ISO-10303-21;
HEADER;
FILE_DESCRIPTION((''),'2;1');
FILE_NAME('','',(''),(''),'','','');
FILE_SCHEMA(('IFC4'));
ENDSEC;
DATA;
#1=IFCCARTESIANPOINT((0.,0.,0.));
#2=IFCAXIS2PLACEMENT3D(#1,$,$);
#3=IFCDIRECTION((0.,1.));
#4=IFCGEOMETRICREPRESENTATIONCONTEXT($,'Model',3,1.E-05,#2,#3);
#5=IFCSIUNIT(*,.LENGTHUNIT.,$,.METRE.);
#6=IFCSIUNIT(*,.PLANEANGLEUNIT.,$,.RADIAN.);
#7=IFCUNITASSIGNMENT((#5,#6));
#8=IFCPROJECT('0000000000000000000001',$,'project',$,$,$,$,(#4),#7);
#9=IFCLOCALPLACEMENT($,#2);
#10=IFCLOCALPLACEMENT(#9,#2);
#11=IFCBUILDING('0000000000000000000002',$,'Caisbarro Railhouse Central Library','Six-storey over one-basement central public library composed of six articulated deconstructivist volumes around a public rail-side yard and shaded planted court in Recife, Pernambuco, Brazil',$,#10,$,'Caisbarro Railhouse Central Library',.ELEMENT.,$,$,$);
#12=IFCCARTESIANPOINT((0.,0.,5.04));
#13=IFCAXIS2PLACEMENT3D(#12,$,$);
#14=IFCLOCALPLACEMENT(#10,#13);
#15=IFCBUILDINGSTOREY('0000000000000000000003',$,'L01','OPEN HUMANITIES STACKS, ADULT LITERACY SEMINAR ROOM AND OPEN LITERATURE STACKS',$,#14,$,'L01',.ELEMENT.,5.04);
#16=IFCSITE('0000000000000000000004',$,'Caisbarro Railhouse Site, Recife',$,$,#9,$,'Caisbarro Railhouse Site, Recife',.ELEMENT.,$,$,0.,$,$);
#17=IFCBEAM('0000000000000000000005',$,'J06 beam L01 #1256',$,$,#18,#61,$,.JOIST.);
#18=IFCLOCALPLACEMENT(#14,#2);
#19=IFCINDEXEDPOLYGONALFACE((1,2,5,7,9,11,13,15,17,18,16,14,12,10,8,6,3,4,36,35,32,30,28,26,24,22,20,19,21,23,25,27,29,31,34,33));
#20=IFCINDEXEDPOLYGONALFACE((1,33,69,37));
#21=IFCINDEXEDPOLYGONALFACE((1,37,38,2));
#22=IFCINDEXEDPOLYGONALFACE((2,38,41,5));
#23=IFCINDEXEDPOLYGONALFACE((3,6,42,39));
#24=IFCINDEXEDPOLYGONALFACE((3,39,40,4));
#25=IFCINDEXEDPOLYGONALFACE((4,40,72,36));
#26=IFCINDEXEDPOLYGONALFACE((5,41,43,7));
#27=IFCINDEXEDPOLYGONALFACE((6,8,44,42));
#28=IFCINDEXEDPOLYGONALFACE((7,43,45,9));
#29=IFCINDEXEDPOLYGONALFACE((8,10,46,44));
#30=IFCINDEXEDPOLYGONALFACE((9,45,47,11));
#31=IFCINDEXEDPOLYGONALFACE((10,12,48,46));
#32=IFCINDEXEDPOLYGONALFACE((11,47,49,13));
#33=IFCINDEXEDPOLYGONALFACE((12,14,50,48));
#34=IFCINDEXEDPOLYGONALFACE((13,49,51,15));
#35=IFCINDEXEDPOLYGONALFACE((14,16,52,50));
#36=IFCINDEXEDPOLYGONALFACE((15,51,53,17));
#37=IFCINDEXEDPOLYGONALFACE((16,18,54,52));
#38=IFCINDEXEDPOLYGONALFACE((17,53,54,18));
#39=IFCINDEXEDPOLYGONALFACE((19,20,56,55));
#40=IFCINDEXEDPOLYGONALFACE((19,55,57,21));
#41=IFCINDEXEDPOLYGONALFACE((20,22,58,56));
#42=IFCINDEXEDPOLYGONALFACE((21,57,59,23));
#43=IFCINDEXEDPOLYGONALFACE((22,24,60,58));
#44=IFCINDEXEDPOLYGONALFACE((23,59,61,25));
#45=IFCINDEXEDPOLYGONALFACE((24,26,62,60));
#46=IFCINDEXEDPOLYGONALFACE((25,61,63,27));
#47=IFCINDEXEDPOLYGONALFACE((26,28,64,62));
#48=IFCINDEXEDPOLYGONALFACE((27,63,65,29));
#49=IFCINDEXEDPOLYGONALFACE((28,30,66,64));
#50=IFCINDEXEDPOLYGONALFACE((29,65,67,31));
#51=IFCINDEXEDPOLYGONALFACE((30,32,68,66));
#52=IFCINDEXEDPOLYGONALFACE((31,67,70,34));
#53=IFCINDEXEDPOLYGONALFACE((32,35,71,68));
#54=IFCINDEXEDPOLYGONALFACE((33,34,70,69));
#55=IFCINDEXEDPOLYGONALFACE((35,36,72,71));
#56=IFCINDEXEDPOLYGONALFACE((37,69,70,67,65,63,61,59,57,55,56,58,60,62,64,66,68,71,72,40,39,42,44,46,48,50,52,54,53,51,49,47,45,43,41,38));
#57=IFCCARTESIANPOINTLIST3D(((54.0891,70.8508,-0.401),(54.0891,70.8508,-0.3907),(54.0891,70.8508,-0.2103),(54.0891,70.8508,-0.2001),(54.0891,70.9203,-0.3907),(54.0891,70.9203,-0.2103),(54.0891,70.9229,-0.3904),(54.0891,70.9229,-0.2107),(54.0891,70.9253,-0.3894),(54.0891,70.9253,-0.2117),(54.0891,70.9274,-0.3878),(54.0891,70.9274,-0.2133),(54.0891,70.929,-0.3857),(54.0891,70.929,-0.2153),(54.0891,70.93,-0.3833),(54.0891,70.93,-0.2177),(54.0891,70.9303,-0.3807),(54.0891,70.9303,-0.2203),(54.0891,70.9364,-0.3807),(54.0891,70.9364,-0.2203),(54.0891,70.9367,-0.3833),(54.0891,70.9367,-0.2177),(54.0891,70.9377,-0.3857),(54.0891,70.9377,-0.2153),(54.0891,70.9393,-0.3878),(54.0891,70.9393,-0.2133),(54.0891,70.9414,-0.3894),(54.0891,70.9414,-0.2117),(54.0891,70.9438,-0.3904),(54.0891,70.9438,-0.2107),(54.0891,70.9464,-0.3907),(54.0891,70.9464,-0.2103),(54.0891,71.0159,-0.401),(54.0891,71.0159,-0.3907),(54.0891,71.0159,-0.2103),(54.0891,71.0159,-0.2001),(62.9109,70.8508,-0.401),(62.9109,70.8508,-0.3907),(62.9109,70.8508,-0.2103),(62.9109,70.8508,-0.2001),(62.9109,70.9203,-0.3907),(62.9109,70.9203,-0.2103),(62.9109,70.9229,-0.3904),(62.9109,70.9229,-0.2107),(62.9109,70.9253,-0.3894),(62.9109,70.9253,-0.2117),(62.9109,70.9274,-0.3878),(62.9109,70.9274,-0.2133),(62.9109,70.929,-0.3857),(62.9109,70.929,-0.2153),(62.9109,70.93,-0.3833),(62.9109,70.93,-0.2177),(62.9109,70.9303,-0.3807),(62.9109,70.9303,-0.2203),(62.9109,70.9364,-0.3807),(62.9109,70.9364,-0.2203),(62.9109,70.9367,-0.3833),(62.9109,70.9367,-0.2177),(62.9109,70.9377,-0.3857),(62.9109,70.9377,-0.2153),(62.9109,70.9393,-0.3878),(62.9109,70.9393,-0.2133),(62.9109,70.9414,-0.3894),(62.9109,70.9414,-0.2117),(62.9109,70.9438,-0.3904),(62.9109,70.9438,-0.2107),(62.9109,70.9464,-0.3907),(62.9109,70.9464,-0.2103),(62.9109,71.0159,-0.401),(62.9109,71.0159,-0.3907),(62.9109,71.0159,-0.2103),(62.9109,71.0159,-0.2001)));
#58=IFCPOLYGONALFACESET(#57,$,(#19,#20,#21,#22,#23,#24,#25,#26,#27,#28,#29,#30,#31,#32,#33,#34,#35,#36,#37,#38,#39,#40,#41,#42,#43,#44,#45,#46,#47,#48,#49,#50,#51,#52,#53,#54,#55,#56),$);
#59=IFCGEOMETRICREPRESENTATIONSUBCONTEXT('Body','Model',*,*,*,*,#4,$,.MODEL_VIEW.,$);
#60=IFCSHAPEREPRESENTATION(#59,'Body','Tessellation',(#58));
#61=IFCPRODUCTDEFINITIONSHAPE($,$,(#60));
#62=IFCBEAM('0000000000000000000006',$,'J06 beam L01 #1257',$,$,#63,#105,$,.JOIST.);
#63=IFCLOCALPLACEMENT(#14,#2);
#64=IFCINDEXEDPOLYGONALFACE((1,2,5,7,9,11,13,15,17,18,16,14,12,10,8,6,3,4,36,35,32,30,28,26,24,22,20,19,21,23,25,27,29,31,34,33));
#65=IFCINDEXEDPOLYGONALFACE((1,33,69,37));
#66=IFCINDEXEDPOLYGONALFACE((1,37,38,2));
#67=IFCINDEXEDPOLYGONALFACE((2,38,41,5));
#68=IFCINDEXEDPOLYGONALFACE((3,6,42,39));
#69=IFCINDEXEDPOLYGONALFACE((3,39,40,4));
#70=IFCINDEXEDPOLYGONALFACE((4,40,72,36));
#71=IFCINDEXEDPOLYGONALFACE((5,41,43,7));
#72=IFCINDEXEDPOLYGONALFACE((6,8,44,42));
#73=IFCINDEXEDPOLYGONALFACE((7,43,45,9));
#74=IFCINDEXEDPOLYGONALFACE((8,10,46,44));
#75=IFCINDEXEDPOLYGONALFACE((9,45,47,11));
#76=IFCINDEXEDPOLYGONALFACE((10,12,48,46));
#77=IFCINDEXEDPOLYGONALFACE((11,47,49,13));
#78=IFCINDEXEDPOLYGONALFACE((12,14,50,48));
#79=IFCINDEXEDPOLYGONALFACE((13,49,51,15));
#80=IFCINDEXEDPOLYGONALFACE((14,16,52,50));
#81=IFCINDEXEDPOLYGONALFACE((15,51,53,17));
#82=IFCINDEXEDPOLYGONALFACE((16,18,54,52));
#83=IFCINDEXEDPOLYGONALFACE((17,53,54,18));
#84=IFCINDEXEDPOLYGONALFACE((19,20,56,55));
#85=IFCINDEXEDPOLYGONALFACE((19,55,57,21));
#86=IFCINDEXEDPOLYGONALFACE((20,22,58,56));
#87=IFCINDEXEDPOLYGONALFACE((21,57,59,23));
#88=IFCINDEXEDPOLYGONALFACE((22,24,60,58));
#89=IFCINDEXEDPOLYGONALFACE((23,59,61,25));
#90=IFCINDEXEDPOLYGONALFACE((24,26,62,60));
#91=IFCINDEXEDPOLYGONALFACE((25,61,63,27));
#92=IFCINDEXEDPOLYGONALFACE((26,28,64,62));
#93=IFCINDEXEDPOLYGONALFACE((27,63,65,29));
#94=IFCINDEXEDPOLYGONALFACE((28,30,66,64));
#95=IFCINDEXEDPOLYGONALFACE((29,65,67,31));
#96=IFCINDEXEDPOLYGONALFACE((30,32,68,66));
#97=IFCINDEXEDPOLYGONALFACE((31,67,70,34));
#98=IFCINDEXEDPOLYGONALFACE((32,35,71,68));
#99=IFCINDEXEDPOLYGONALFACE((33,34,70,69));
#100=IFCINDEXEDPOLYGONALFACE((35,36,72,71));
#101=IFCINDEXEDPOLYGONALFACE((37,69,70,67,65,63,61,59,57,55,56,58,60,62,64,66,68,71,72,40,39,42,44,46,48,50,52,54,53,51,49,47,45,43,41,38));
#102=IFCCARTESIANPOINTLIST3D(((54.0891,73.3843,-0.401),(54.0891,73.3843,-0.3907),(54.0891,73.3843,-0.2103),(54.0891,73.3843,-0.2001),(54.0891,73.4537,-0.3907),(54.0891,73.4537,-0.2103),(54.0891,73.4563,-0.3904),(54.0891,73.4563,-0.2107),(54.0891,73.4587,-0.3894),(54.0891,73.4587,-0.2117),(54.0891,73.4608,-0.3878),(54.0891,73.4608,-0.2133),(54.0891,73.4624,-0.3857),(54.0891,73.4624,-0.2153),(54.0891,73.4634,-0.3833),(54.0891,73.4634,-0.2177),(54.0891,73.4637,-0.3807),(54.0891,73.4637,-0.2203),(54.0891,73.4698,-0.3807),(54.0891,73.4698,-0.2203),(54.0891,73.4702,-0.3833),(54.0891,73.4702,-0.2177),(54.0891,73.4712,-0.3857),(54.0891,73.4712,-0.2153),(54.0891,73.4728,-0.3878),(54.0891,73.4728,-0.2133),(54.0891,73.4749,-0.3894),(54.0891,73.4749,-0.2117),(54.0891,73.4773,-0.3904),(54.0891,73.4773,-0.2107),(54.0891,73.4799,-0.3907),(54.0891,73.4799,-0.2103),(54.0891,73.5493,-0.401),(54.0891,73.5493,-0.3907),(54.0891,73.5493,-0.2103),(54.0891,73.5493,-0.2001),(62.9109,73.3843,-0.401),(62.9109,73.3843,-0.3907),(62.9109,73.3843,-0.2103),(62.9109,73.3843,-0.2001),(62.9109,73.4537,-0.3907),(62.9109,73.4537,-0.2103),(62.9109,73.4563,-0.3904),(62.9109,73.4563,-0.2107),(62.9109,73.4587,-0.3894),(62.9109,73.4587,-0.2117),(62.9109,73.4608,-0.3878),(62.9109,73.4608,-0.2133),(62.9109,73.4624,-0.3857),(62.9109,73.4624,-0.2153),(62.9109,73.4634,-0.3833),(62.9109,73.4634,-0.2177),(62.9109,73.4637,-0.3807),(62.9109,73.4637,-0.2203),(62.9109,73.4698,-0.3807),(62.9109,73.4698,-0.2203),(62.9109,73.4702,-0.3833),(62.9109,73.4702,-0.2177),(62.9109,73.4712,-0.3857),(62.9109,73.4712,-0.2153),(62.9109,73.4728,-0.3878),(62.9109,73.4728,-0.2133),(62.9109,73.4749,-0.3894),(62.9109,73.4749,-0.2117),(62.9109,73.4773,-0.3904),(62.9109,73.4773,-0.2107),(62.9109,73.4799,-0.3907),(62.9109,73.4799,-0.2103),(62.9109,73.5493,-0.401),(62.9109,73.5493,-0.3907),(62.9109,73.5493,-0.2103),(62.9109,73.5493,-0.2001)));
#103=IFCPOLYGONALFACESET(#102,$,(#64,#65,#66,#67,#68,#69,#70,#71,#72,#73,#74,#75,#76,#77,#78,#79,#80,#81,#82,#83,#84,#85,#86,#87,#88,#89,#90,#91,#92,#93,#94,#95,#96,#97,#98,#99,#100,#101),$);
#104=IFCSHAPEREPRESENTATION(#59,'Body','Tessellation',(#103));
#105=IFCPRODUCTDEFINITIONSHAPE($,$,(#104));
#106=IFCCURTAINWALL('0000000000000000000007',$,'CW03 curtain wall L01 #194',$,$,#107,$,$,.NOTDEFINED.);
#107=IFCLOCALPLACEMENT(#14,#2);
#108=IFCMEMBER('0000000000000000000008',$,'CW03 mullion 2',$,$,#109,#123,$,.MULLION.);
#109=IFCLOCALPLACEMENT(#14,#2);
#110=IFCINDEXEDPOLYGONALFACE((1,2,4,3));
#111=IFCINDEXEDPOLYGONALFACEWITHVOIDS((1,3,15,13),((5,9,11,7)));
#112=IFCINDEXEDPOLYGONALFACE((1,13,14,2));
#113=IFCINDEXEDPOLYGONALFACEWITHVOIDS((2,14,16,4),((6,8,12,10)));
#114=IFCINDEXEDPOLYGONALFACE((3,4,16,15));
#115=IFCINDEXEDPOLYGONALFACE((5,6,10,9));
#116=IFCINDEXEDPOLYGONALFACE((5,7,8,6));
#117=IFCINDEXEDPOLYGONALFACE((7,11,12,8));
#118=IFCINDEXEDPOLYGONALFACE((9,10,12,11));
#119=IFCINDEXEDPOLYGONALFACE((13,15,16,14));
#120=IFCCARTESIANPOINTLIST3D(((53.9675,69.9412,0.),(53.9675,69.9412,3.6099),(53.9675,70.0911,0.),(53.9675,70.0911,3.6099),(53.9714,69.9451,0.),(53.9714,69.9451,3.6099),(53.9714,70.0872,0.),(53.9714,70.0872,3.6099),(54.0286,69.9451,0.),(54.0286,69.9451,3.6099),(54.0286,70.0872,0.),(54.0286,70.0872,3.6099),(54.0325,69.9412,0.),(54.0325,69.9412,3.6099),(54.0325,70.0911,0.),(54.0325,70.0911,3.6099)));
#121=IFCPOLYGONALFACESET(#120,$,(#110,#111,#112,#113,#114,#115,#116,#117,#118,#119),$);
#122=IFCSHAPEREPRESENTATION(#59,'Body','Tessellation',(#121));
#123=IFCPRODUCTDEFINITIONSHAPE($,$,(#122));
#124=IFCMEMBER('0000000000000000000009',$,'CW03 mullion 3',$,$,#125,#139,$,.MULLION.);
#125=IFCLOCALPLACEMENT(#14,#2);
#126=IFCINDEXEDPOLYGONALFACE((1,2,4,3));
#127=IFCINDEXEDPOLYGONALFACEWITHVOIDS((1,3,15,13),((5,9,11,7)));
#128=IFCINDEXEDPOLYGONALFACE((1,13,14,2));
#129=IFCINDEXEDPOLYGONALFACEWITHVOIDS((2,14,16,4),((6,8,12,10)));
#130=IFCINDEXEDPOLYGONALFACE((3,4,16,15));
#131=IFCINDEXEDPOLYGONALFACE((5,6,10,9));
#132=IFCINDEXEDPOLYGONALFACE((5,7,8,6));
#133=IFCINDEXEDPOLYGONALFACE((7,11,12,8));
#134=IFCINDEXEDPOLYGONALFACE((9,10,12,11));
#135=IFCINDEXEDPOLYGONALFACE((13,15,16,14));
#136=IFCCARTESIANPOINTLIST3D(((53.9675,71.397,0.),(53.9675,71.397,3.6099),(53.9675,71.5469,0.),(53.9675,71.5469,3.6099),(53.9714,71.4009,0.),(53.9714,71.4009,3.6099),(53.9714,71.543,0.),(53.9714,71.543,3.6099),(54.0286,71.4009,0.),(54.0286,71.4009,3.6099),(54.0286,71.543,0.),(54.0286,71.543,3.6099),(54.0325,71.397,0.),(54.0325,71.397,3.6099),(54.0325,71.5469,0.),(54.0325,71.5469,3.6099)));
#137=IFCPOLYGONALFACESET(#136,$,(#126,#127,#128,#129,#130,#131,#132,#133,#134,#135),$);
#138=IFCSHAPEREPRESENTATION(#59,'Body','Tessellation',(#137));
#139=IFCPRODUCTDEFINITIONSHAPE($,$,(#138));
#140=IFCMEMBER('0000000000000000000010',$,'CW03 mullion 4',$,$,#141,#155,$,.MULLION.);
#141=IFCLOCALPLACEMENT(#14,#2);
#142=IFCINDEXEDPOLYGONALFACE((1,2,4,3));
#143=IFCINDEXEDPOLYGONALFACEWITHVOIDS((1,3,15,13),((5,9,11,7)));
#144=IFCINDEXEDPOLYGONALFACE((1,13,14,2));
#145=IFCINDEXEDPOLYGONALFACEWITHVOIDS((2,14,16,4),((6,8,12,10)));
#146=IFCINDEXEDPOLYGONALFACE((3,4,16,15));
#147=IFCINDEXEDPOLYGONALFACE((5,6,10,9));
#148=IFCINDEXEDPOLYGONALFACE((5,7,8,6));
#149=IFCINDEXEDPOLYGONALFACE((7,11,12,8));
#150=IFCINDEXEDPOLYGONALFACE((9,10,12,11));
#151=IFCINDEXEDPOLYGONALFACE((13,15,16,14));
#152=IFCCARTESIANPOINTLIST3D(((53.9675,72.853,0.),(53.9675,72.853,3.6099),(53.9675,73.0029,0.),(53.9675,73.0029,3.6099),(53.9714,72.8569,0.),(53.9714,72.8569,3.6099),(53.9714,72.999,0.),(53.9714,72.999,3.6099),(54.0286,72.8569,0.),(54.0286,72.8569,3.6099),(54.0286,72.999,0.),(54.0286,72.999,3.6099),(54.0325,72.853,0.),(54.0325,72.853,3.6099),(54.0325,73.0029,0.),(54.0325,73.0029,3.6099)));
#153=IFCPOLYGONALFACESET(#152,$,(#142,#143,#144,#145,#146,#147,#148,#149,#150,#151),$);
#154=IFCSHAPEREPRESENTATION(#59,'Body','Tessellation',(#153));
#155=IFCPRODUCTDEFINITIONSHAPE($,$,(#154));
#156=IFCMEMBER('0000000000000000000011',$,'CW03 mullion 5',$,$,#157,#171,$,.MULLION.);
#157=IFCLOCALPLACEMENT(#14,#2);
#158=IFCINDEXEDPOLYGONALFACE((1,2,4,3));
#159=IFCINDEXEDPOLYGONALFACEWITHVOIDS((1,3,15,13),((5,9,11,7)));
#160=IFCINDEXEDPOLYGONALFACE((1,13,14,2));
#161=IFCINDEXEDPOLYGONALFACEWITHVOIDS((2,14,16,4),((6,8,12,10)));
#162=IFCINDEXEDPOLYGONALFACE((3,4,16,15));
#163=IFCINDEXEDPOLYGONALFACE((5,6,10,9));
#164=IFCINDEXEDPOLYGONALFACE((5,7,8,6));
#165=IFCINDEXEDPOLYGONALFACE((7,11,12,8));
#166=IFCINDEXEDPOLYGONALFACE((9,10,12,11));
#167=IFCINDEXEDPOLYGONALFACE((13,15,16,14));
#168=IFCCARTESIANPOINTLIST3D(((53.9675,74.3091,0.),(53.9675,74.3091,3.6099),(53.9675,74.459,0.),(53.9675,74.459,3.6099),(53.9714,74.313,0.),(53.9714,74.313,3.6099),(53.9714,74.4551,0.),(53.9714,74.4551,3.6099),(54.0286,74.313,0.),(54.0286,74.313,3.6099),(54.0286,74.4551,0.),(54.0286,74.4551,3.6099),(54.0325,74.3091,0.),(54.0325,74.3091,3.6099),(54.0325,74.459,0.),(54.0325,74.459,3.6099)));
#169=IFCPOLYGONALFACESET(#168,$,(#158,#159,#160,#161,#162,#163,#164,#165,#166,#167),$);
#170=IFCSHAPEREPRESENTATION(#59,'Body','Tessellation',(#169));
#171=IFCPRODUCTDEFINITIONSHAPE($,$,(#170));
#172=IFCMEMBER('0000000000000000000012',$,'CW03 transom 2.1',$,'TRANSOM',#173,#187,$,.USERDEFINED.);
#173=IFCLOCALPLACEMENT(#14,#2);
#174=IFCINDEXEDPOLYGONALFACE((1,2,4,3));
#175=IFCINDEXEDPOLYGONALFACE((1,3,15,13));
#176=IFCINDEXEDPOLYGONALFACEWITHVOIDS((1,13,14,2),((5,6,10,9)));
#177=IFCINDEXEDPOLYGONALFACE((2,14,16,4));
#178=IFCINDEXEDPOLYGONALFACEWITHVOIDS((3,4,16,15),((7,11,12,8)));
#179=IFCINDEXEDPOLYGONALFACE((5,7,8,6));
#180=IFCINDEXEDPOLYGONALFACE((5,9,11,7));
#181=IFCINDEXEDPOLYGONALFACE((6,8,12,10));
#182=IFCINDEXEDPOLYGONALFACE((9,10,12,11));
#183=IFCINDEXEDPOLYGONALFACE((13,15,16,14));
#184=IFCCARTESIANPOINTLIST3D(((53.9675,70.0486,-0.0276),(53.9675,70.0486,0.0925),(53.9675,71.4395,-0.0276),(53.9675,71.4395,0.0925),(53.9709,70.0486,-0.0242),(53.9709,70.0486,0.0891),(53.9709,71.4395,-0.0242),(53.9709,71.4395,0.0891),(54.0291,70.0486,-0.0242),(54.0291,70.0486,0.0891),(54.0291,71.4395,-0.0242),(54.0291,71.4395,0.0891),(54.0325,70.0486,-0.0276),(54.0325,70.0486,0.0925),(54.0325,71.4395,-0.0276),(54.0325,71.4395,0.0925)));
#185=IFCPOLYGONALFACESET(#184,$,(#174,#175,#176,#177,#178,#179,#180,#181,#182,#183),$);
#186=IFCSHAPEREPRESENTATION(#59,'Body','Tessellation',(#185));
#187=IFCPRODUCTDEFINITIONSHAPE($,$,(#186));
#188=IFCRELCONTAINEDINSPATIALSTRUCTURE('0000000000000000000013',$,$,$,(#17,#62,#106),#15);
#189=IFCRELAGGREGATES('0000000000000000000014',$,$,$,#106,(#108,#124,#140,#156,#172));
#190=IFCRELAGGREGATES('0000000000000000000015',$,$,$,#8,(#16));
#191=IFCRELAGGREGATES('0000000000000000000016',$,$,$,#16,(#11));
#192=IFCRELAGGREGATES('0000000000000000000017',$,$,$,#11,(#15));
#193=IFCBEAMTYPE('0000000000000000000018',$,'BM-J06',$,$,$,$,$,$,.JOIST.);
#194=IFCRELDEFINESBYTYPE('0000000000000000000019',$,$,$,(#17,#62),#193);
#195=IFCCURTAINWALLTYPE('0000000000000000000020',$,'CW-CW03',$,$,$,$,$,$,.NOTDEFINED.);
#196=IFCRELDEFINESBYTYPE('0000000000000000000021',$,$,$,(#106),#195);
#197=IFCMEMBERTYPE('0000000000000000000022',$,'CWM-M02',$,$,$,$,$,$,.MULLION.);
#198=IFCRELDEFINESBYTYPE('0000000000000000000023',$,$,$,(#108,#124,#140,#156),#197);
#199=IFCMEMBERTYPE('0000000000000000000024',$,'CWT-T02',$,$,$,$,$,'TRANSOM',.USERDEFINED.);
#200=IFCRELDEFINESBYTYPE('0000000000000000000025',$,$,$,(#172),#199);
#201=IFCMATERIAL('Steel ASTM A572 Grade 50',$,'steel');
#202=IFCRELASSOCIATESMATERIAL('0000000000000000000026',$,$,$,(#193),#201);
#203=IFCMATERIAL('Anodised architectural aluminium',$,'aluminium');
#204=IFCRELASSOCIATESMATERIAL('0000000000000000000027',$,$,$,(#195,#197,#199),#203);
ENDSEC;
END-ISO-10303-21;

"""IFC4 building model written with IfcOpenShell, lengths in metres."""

from ifc_helpers import new_model, si_unit, direction, frame, origin, origin_2d, place, context, subcontext, project, spatial, hollow_rectangle, i_section, extrude, material, material_profile, profile_set, type_object, element, aggregate, save


model = new_model("IFC4")

# Units and contexts
model_context = context("Model", 3, precision=1e-05, world=origin(), true_north=direction((0.0, 1.0)))
body_context = subcontext(model_context, "Body", "Model", "MODEL_VIEW")
ifc_project = project(units=[si_unit("LENGTHUNIT", "METRE"), si_unit("PLANEANGLEUNIT", "RADIAN")], contexts=[model_context])

# Site, building, storey
site_placement = place(None, origin())
site = spatial("IfcSite", under=ifc_project, at=site_placement, Name="Caisbarro Railhouse Site, Recife", LongName="Caisbarro Railhouse Site, Recife", CompositionType="ELEMENT", RefElevation=0.0)
building_placement = place(site_placement, origin())
building = spatial("IfcBuilding", under=site, at=building_placement, Name="Caisbarro Railhouse Central Library", Description="Six-storey over one-basement central public library composed of six articulated deconstructivist volumes around a public rail-side yard and shaded planted court in Recife, Pernambuco, Brazil", LongName="Caisbarro Railhouse Central Library", CompositionType="ELEMENT")
storey_placement = place(building_placement, frame((0.0, 0.0, 5.04)))
storey = spatial("IfcBuildingStorey", under=building, at=storey_placement, Name="L01", Description="OPEN HUMANITIES STACKS, ADULT LITERACY SEMINAR ROOM AND OPEN LITERATURE STACKS", LongName="L01", CompositionType="ELEMENT", Elevation=5.04)

# Beams
ifc_material_1 = material(Name="Steel ASTM A572 Grade 50", Category="steel")
ifc_material_profile_1 = material_profile(ifc_material_1, i_section(OverallWidth=0.165, OverallDepth=0.2009, WebThickness=0.0061, FlangeThickness=0.0103, FilletRadius=0.01, at=origin_2d()), Name="W200X35.9")
ifc_profile_set_1 = profile_set([ifc_material_profile_1], Name="Steel ASTM A572 Grade 50")
beam_type = type_object("IfcBeamType", Name="BM-J06", PredefinedType="JOIST", material=ifc_profile_set_1)
for number, where, z_axis, x_axis, name in (
    (1, (54.0891, 70.9333, -0.3005), (1.0, 0.0, 0.0), (0.0, 1.0, 0.0), "J06 beam L01 #1256"),
    (2, (54.0891, 73.4668, -0.3005), (1.0, 0.0, 0.0), (0.0, 1.0, 0.0), "J06 beam L01 #1257"),
):
    element("IfcBeam", number, at=place(storey_placement, frame(where, z_axis=z_axis, x_axis=x_axis)), inside=storey, type_object=beam_type, Name=name, PredefinedType="JOIST", context=body_context, shape_type="SweptSolid", body=[
        extrude(i_section(OverallWidth=0.165, OverallDepth=0.2009, WebThickness=0.0061, FlangeThickness=0.0103, FilletRadius=0.01, at=origin_2d()), origin(), (0.0, 0.0, 1.0), 8.8218),
    ])

# Curtain wall, members
ifc_material_2 = material(Name="Anodised architectural aluminium", Category="aluminium")
curtain_wall_type = type_object("IfcCurtainWallType", Name="CW-CW03", PredefinedType="NOTDEFINED", material=ifc_material_2)
curtain_wall_placement = place(storey_placement, origin())
curtain_wall = element("IfcCurtainWall", 3, at=curtain_wall_placement, inside=storey, type_object=curtain_wall_type, Name="CW03 curtain wall L01 #194", PredefinedType="NOTDEFINED")
ifc_material_profile_2 = material_profile(ifc_material_2, hollow_rectangle(XDim=0.0649, YDim=0.1499, WallThickness=0.0039, at=origin_2d()), Name="ALU-MUL-65X150")
ifc_profile_set_2 = profile_set([ifc_material_profile_2], Name="Anodised architectural aluminium")
member_type_1 = type_object("IfcMemberType", Name="CWM-M02", PredefinedType="MULLION", material=ifc_profile_set_2)
member_1_placement = place(storey_placement, frame((54.0, 70.0161, 0.0), z_axis=(0.0, 0.0, 1.0), x_axis=(-1.0, 0.0, 0.0)))
member_1 = element("IfcMember", 4, at=member_1_placement, type_object=member_type_1, Name="CW03 mullion 2", PredefinedType="MULLION", context=body_context, shape_type="SweptSolid", body=[
    extrude(hollow_rectangle(XDim=0.0649, YDim=0.1499, WallThickness=0.0039, at=origin_2d()), origin(), (0.0, 0.0, 1.0), 3.6099),
])
member_2_placement = place(storey_placement, frame((54.0, 71.4719, 0.0), z_axis=(0.0, 0.0, 1.0), x_axis=(-1.0, 0.0, 0.0)))
member_2 = element("IfcMember", 5, at=member_2_placement, type_object=member_type_1, Name="CW03 mullion 3", PredefinedType="MULLION", context=body_context, shape_type="SweptSolid", body=[
    extrude(hollow_rectangle(XDim=0.0649, YDim=0.1499, WallThickness=0.0039, at=origin_2d()), origin(), (0.0, 0.0, 1.0), 3.6099),
])
member_3_placement = place(storey_placement, frame((54.0, 72.928, 0.0), z_axis=(0.0, 0.0, 1.0), x_axis=(-1.0, 0.0, 0.0)))
member_3 = element("IfcMember", 6, at=member_3_placement, type_object=member_type_1, Name="CW03 mullion 4", PredefinedType="MULLION", context=body_context, shape_type="SweptSolid", body=[
    extrude(hollow_rectangle(XDim=0.0649, YDim=0.1499, WallThickness=0.0039, at=origin_2d()), origin(), (0.0, 0.0, 1.0), 3.6099),
])
member_4_placement = place(storey_placement, frame((54.0, 74.384, 0.0), z_axis=(0.0, 0.0, 1.0), x_axis=(-1.0, 0.0, 0.0)))
member_4 = element("IfcMember", 7, at=member_4_placement, type_object=member_type_1, Name="CW03 mullion 5", PredefinedType="MULLION", context=body_context, shape_type="SweptSolid", body=[
    extrude(hollow_rectangle(XDim=0.0649, YDim=0.1499, WallThickness=0.0039, at=origin_2d()), origin(), (0.0, 0.0, 1.0), 3.6099),
])
ifc_material_profile_3 = material_profile(ifc_material_2, hollow_rectangle(XDim=0.0649, YDim=0.1201, WallThickness=0.0034, at=origin_2d()), Name="ALU-TRN-65X120")
ifc_profile_set_3 = profile_set([ifc_material_profile_3], Name="Anodised architectural aluminium")
member_type_2 = type_object("IfcMemberType", Name="CWT-T02", ElementType="TRANSOM", PredefinedType="USERDEFINED", material=ifc_profile_set_3)
member_5_placement = place(storey_placement, frame((54.0, 70.0486, 0.0325), z_axis=(0.0, 1.0, 0.0), x_axis=(-1.0, 0.0, 0.0)))
member_5 = element("IfcMember", 8, at=member_5_placement, type_object=member_type_2, Name="CW03 transom 2.1", ObjectType="TRANSOM", PredefinedType="USERDEFINED", context=body_context, shape_type="SweptSolid", body=[
    extrude(hollow_rectangle(XDim=0.0649, YDim=0.1201, WallThickness=0.0034, at=origin_2d()), origin(), (0.0, 0.0, 1.0), 1.3909),
])
aggregate(curtain_wall, [member_1, member_2, member_3, member_4, member_5])

save(model, "model.ifc")
